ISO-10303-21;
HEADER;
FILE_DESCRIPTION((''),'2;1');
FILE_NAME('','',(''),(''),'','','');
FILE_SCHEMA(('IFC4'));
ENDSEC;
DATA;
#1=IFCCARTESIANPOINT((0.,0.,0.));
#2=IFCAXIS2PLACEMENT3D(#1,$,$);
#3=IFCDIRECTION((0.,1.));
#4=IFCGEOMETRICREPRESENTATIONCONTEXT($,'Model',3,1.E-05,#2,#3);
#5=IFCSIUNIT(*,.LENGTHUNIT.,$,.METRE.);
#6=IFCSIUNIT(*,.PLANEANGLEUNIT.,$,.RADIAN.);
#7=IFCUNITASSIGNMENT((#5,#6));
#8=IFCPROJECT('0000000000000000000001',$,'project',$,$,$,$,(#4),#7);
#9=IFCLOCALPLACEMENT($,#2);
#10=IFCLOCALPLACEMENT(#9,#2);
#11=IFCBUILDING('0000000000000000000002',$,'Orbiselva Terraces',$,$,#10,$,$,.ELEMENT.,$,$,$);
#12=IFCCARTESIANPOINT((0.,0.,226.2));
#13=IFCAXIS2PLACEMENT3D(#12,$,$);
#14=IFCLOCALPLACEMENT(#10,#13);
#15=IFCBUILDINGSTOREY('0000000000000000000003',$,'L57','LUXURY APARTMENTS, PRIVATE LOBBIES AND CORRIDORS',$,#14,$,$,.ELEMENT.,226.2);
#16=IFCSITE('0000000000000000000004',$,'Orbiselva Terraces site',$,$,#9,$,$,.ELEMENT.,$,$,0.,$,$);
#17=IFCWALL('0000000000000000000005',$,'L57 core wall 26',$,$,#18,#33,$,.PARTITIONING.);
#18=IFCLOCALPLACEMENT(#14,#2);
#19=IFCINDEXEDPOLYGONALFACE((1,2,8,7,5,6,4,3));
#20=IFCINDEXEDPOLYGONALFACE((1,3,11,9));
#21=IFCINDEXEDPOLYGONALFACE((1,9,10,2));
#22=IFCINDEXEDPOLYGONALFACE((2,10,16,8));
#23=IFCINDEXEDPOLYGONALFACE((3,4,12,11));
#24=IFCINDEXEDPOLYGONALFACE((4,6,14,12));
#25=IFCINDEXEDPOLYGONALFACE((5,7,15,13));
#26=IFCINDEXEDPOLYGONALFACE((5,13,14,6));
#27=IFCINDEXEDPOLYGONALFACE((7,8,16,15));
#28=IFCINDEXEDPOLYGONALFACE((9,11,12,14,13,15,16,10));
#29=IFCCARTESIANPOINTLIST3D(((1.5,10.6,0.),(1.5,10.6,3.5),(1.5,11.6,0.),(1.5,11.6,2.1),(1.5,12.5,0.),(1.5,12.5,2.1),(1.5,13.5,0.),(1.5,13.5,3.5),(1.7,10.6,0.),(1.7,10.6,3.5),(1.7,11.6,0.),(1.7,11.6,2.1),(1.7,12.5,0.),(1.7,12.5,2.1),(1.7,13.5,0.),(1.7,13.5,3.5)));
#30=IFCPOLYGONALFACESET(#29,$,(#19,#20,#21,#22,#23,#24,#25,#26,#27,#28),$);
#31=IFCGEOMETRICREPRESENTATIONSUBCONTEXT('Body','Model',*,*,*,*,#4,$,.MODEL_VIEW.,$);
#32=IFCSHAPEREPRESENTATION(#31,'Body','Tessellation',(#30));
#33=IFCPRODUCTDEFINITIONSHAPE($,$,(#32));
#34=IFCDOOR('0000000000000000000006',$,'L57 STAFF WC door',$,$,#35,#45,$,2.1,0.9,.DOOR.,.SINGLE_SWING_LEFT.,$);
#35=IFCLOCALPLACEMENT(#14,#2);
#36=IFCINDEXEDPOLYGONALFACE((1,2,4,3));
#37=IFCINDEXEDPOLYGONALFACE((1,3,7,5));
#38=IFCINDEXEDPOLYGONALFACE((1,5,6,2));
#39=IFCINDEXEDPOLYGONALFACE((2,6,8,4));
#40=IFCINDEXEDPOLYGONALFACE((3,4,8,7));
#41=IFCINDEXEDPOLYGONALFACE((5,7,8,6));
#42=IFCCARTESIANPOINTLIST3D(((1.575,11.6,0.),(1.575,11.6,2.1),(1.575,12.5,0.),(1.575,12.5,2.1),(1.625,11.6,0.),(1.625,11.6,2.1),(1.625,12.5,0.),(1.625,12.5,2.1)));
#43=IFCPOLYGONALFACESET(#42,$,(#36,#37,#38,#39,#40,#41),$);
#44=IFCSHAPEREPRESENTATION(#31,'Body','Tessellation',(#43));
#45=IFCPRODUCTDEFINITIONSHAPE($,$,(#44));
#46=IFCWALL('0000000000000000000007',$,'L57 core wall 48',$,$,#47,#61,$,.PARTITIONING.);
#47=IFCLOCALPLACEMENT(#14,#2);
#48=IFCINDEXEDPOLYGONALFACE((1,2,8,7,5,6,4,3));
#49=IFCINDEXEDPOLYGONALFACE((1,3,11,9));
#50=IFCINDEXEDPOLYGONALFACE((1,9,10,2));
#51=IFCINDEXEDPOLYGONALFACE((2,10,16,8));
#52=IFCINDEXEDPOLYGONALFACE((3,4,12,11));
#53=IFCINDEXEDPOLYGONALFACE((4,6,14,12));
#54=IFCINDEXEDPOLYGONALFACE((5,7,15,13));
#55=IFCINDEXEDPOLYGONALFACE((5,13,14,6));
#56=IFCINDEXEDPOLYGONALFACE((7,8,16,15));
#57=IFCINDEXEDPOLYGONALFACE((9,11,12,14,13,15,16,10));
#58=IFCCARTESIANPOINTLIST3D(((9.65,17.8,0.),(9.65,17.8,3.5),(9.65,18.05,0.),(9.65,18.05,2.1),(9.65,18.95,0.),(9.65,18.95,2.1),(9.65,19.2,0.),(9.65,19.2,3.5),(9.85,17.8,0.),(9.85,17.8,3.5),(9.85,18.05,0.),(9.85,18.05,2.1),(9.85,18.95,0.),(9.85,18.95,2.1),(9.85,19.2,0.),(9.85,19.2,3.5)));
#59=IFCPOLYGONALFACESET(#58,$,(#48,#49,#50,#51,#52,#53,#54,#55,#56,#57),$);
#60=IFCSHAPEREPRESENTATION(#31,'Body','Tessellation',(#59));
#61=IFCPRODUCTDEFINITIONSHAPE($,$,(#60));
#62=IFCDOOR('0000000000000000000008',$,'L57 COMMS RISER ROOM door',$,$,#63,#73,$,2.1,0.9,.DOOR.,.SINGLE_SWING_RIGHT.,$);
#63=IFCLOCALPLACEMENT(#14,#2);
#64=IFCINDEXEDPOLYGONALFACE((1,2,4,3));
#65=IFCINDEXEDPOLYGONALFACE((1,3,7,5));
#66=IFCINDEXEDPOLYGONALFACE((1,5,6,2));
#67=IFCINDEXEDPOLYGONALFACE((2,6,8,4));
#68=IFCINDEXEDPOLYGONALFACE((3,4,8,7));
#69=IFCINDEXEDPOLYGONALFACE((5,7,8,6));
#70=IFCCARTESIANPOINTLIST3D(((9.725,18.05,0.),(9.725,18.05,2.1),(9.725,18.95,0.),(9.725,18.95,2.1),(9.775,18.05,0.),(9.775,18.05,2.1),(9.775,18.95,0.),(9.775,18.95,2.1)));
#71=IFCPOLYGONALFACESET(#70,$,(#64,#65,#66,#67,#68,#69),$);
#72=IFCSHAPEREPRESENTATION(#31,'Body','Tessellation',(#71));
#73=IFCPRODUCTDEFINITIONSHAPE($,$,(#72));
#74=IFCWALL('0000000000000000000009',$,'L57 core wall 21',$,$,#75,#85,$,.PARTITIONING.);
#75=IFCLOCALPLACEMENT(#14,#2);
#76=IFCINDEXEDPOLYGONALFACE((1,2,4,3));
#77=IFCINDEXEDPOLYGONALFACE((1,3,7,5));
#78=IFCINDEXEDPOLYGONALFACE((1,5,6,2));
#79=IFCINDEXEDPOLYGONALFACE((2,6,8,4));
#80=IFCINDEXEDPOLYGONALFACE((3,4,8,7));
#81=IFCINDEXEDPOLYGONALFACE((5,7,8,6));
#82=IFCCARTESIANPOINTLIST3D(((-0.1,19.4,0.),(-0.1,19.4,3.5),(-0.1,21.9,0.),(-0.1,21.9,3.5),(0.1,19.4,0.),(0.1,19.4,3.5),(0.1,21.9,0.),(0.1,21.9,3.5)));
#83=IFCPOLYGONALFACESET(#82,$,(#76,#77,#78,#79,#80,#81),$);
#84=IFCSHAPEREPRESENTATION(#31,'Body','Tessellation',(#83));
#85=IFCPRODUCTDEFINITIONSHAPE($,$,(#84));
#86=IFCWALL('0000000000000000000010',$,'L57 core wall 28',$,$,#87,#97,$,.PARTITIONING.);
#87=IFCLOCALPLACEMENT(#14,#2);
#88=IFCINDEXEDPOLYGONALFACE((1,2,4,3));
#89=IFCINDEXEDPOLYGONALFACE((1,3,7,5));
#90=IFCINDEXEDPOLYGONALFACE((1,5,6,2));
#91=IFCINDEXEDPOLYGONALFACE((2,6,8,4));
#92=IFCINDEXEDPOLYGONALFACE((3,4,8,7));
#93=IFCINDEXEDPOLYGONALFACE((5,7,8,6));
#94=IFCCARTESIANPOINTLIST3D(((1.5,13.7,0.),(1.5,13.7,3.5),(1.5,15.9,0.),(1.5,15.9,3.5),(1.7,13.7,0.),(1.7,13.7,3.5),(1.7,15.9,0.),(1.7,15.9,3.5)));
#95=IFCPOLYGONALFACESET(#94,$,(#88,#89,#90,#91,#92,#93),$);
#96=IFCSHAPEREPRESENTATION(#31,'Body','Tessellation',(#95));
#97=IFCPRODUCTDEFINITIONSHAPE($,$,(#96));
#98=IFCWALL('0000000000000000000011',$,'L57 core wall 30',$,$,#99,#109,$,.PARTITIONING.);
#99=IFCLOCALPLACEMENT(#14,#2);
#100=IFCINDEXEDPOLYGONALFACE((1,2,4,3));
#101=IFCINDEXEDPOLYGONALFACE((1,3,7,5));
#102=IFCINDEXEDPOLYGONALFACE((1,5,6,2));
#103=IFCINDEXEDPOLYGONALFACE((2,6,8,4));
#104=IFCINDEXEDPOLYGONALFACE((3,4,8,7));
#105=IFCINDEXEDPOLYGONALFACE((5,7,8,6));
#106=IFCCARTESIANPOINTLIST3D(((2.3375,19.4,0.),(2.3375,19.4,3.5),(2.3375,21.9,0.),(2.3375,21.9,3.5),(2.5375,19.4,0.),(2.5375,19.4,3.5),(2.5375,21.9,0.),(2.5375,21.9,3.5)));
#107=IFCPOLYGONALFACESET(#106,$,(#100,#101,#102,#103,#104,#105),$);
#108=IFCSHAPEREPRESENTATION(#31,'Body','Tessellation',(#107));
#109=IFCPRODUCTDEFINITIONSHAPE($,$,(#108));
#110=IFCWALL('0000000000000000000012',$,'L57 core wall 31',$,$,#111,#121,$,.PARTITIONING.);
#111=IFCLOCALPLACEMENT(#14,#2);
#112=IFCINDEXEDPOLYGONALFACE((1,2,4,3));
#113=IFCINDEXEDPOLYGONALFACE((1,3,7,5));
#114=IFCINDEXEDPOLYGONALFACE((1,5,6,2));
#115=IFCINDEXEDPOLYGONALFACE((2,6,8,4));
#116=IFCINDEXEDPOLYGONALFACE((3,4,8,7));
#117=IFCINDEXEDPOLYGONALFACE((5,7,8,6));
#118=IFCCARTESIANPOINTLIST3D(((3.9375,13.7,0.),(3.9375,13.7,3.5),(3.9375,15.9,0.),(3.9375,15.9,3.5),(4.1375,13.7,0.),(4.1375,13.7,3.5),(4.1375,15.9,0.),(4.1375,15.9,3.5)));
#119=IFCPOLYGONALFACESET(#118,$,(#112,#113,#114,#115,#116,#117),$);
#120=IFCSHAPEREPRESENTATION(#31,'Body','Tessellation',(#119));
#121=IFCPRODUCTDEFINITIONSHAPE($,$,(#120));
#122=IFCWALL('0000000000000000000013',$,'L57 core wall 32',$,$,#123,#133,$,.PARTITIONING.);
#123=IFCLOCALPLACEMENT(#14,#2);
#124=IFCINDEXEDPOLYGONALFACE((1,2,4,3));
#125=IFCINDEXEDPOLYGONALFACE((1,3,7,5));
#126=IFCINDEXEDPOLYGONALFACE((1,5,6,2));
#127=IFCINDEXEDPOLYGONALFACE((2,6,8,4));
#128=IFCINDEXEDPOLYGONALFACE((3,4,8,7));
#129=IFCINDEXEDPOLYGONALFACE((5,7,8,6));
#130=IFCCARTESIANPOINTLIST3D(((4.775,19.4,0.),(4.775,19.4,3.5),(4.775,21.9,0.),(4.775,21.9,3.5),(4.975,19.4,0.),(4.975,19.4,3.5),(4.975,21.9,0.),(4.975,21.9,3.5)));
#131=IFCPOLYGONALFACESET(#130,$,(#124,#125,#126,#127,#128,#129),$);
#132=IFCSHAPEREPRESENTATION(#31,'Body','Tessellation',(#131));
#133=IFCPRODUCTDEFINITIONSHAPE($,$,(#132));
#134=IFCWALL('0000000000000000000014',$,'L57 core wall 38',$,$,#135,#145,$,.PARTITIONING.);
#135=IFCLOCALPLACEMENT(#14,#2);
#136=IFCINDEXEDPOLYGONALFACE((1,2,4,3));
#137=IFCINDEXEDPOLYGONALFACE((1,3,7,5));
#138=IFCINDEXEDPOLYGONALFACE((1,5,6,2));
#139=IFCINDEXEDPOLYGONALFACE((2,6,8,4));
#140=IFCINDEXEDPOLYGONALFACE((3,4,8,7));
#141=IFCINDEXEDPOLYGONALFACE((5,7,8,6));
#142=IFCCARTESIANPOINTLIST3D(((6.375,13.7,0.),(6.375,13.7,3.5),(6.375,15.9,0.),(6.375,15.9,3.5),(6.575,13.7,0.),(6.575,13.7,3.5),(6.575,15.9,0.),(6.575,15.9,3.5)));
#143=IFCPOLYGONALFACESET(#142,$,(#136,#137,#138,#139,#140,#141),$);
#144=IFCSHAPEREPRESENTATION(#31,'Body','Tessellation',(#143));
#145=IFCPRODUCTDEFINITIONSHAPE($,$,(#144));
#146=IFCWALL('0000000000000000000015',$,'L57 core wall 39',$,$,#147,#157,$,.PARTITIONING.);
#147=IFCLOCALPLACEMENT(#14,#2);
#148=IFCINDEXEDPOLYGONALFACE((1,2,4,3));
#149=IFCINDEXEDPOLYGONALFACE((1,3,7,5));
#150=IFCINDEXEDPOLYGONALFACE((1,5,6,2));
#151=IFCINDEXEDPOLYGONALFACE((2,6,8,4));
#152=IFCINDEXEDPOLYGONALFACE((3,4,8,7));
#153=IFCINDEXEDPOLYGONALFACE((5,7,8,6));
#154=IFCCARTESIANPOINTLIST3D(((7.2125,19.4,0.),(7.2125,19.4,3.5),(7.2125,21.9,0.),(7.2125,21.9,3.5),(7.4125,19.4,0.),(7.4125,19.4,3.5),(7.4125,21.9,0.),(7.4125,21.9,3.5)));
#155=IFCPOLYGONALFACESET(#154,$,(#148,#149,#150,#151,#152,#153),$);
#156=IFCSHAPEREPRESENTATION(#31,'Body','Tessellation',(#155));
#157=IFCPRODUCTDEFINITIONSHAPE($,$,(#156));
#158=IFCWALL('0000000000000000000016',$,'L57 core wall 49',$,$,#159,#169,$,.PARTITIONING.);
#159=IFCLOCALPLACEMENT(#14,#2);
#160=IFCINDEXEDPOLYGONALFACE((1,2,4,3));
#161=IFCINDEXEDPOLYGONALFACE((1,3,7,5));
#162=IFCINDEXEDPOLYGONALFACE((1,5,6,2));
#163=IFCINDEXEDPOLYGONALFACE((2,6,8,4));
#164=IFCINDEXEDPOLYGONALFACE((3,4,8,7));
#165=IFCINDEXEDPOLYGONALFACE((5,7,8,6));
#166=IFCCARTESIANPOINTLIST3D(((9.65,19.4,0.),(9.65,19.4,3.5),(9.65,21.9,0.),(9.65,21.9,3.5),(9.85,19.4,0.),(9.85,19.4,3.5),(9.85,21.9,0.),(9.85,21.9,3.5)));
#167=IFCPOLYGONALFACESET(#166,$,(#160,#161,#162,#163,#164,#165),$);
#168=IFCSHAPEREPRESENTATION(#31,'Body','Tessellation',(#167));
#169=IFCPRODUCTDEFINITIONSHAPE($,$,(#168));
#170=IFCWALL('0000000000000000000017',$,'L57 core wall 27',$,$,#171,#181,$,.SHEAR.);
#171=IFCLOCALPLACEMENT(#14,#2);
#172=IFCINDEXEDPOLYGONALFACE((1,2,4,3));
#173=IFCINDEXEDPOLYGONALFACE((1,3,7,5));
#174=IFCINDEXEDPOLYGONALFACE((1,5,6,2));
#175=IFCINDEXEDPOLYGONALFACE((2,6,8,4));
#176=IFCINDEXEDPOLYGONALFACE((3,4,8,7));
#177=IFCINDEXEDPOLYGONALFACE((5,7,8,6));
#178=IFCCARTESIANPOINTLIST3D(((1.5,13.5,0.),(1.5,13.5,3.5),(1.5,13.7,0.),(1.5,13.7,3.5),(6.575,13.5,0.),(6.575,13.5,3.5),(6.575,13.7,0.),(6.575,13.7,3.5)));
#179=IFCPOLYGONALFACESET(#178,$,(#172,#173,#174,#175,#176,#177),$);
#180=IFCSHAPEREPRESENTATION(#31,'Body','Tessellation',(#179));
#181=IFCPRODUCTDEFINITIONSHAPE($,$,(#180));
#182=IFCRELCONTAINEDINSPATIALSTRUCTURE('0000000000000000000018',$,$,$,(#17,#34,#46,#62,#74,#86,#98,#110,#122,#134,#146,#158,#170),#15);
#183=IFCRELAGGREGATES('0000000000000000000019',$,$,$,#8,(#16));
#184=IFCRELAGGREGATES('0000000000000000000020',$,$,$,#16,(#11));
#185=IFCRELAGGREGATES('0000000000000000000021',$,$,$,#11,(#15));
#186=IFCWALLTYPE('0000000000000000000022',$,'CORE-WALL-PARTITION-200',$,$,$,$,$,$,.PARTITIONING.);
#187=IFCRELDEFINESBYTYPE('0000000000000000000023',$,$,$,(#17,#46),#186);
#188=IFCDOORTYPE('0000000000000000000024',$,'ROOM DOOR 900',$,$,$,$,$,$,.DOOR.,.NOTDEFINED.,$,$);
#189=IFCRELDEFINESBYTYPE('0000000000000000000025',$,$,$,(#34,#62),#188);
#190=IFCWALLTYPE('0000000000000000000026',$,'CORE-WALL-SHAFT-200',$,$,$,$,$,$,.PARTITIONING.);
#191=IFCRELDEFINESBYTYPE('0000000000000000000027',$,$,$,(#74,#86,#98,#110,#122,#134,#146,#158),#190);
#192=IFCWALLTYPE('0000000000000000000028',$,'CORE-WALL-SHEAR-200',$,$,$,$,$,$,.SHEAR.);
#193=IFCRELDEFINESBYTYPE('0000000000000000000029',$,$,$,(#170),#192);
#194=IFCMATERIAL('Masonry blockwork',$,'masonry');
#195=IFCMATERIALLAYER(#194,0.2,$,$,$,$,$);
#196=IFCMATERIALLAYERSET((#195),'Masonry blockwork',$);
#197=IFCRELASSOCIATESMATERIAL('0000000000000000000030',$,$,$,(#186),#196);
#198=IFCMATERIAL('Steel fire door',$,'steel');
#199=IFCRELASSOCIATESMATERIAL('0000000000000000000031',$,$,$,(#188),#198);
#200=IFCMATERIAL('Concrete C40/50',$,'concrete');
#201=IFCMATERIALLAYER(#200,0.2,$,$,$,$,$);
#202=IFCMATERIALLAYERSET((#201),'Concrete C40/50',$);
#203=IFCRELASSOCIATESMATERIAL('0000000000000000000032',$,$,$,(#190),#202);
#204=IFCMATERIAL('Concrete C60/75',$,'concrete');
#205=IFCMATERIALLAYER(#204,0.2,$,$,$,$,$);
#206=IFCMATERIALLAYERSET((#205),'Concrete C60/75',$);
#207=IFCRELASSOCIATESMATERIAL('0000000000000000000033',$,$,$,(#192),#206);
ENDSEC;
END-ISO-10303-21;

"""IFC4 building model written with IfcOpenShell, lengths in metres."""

from ifc_helpers import new_model, si_unit, direction, frame, frame_2d, origin, place, context, subcontext, project, spatial, rectangle, extrude, material, layer, layer_set, type_object, element, fill, save


model = new_model("IFC4")

# Units and contexts
model_context = context("Model", 3, precision=1e-05, world=origin(), true_north=direction((0.0, 1.0)))
body_context = subcontext(model_context, "Body", "Model", "MODEL_VIEW")
ifc_project = project(units=[si_unit("LENGTHUNIT", "METRE"), si_unit("PLANEANGLEUNIT", "RADIAN")], contexts=[model_context])

# Site, building, storey
site_placement = place(None, origin())
site = spatial("IfcSite", under=ifc_project, at=site_placement, Name="Orbiselva Terraces site", CompositionType="ELEMENT", RefElevation=0.0)
building_placement = place(site_placement, origin())
building = spatial("IfcBuilding", under=site, at=building_placement, Name="Orbiselva Terraces", CompositionType="ELEMENT")
storey_placement = place(building_placement, frame((0.0, 0.0, 226.2)))
storey = spatial("IfcBuildingStorey", under=building, at=storey_placement, Name="L57", Description="LUXURY APARTMENTS, PRIVATE LOBBIES AND CORRIDORS", CompositionType="ELEMENT", Elevation=226.2)

# Walls, openings, doors
ifc_material_1 = material(Name="Masonry blockwork", Category="masonry")
ifc_layer_1 = layer(ifc_material_1, 0.2)
ifc_layer_set_1 = layer_set([ifc_layer_1], Name="Masonry blockwork")
wall_type_1 = type_object("IfcWallType", Name="CORE-WALL-PARTITION-200", PredefinedType="PARTITIONING", material=ifc_layer_set_1)
wall_1_placement = place(storey_placement, frame((1.6, 13.5, 0.0), z_axis=(0.0, 0.0, 1.0), x_axis=(0.0, -1.0, 0.0)))
wall_1 = element("IfcWall", 1, at=wall_1_placement, inside=storey, type_object=wall_type_1, Name="L57 core wall 26", PredefinedType="PARTITIONING", context=body_context, shape_type="SweptSolid", body=[
    extrude(rectangle(XDim=2.9, YDim=0.2, at=frame_2d((1.45, 0.0))), origin(), (0.0, 0.0, 1.0), 3.5),
])
opening_1_placement = place(wall_1_placement, frame((1.0, 0.0, 0.0)))
opening_1 = element("IfcOpeningElement", 2, at=opening_1_placement, cuts=wall_1, PredefinedType="OPENING", context=body_context, shape_type="SweptSolid", body=[
    extrude(rectangle(XDim=0.9, YDim=2.1, at=frame_2d((0.45, 1.05))), frame((0.0, 0.11, 0.0), z_axis=(0.0, -1.0, 0.0), x_axis=(1.0, 0.0, 0.0)), (0.0, 0.0, 1.0), 0.22),
])
ifc_material_2 = material(Name="Steel fire door", Category="steel")
door_type_1 = type_object("IfcDoorType", Name="ROOM DOOR 900", OperationType="NOTDEFINED", PredefinedType="DOOR", material=ifc_material_2)
door_1_placement = place(opening_1_placement, origin())
door_1 = element("IfcDoor", 3, at=door_1_placement, inside=storey, type_object=door_type_1, Name="L57 STAFF WC door", OperationType="SINGLE_SWING_LEFT", OverallHeight=2.1, OverallWidth=0.9, PredefinedType="DOOR", context=body_context, shape_type="SweptSolid", body=[
    extrude(rectangle(XDim=0.9, YDim=2.1, at=frame_2d((0.45, 1.05))), frame((0.0, 0.025, 0.0), z_axis=(0.0, -1.0, 0.0), x_axis=(1.0, 0.0, 0.0)), (0.0, 0.0, 1.0), 0.05),
])
fill(opening_1, door_1)
wall_2_placement = place(storey_placement, frame((9.75, 19.2, 0.0), z_axis=(0.0, 0.0, 1.0), x_axis=(0.0, -1.0, 0.0)))
wall_2 = element("IfcWall", 4, at=wall_2_placement, inside=storey, type_object=wall_type_1, Name="L57 core wall 48", PredefinedType="PARTITIONING", context=body_context, shape_type="SweptSolid", body=[
    extrude(rectangle(XDim=1.4, YDim=0.2, at=frame_2d((0.7, 0.0))), origin(), (0.0, 0.0, 1.0), 3.5),
])
opening_2_placement = place(wall_2_placement, frame((0.25, 0.0, 0.0)))
opening_2 = element("IfcOpeningElement", 5, at=opening_2_placement, cuts=wall_2, PredefinedType="OPENING", context=body_context, shape_type="SweptSolid", body=[
    extrude(rectangle(XDim=0.9, YDim=2.1, at=frame_2d((0.45, 1.05))), frame((0.0, 0.11, 0.0), z_axis=(0.0, -1.0, 0.0), x_axis=(1.0, 0.0, 0.0)), (0.0, 0.0, 1.0), 0.22),
])
door_2_placement = place(opening_2_placement, origin())
door_2 = element("IfcDoor", 6, at=door_2_placement, inside=storey, type_object=door_type_1, Name="L57 COMMS RISER ROOM door", OperationType="SINGLE_SWING_RIGHT", OverallHeight=2.1, OverallWidth=0.9, PredefinedType="DOOR", context=body_context, shape_type="SweptSolid", body=[
    extrude(rectangle(XDim=0.9, YDim=2.1, at=frame_2d((0.45, 1.05))), frame((0.0, 0.025, 0.0), z_axis=(0.0, -1.0, 0.0), x_axis=(1.0, 0.0, 0.0)), (0.0, 0.0, 1.0), 0.05),
])
fill(opening_2, door_2)

# Walls
ifc_material_3 = material(Name="Concrete C40/50", Category="concrete")
ifc_layer_2 = layer(ifc_material_3, 0.2)
ifc_layer_set_2 = layer_set([ifc_layer_2], Name="Concrete C40/50")
wall_type_2 = type_object("IfcWallType", Name="CORE-WALL-SHAFT-200", PredefinedType="PARTITIONING", material=ifc_layer_set_2)
wall_3_placement = place(storey_placement, frame((0.0, 19.4, 0.0), z_axis=(0.0, 0.0, 1.0), x_axis=(0.0, 1.0, 0.0)))
element("IfcWall", 7, at=wall_3_placement, inside=storey, type_object=wall_type_2, Name="L57 core wall 21", PredefinedType="PARTITIONING", context=body_context, shape_type="SweptSolid", body=[
    extrude(rectangle(XDim=2.5, YDim=0.2, at=frame_2d((1.25, 0.0))), origin(), (0.0, 0.0, 1.0), 3.5),
])
wall_4_placement = place(storey_placement, frame((1.6, 13.7, 0.0), z_axis=(0.0, 0.0, 1.0), x_axis=(0.0, 1.0, 0.0)))
element("IfcWall", 8, at=wall_4_placement, inside=storey, type_object=wall_type_2, Name="L57 core wall 28", PredefinedType="PARTITIONING", context=body_context, shape_type="SweptSolid", body=[
    extrude(rectangle(XDim=2.2, YDim=0.2, at=frame_2d((1.1, 0.0))), origin(), (0.0, 0.0, 1.0), 3.5),
])
wall_5_placement = place(storey_placement, frame((2.4375, 19.4, 0.0), z_axis=(0.0, 0.0, 1.0), x_axis=(0.0, 1.0, 0.0)))
element("IfcWall", 9, at=wall_5_placement, inside=storey, type_object=wall_type_2, Name="L57 core wall 30", PredefinedType="PARTITIONING", context=body_context, shape_type="SweptSolid", body=[
    extrude(rectangle(XDim=2.5, YDim=0.2, at=frame_2d((1.25, 0.0))), origin(), (0.0, 0.0, 1.0), 3.5),
])
wall_6_placement = place(storey_placement, frame((4.0375, 13.7, 0.0), z_axis=(0.0, 0.0, 1.0), x_axis=(0.0, 1.0, 0.0)))
element("IfcWall", 10, at=wall_6_placement, inside=storey, type_object=wall_type_2, Name="L57 core wall 31", PredefinedType="PARTITIONING", context=body_context, shape_type="SweptSolid", body=[
    extrude(rectangle(XDim=2.2, YDim=0.2, at=frame_2d((1.1, 0.0))), origin(), (0.0, 0.0, 1.0), 3.5),
])
wall_7_placement = place(storey_placement, frame((4.875, 19.4, 0.0), z_axis=(0.0, 0.0, 1.0), x_axis=(0.0, 1.0, 0.0)))
element("IfcWall", 11, at=wall_7_placement, inside=storey, type_object=wall_type_2, Name="L57 core wall 32", PredefinedType="PARTITIONING", context=body_context, shape_type="SweptSolid", body=[
    extrude(rectangle(XDim=2.5, YDim=0.2, at=frame_2d((1.25, 0.0))), origin(), (0.0, 0.0, 1.0), 3.5),
])
wall_8_placement = place(storey_placement, frame((6.475, 13.7, 0.0), z_axis=(0.0, 0.0, 1.0), x_axis=(0.0, 1.0, 0.0)))
element("IfcWall", 12, at=wall_8_placement, inside=storey, type_object=wall_type_2, Name="L57 core wall 38", PredefinedType="PARTITIONING", context=body_context, shape_type="SweptSolid", body=[
    extrude(rectangle(XDim=2.2, YDim=0.2, at=frame_2d((1.1, 0.0))), origin(), (0.0, 0.0, 1.0), 3.5),
])
for number, where, z_axis, x_axis, name in (
    (13, (7.3125, 19.4, 0.0), (0.0, 0.0, 1.0), (0.0, 1.0, 0.0), "L57 core wall 39"),
    (14, (9.75, 19.4, 0.0), (0.0, 0.0, 1.0), (0.0, 1.0, 0.0), "L57 core wall 49"),
):
    element("IfcWall", number, at=place(storey_placement, frame(where, z_axis=z_axis, x_axis=x_axis)), inside=storey, type_object=wall_type_2, Name=name, PredefinedType="PARTITIONING", context=body_context, shape_type="SweptSolid", body=[
        extrude(rectangle(XDim=2.5, YDim=0.2, at=frame_2d((1.25, 0.0))), origin(), (0.0, 0.0, 1.0), 3.5),
    ])
ifc_material_4 = material(Name="Concrete C60/75", Category="concrete")
ifc_layer_3 = layer(ifc_material_4, 0.2)
ifc_layer_set_3 = layer_set([ifc_layer_3], Name="Concrete C60/75")
wall_type_3 = type_object("IfcWallType", Name="CORE-WALL-SHEAR-200", PredefinedType="SHEAR", material=ifc_layer_set_3)
wall_9_placement = place(storey_placement, frame((1.5, 13.6, 0.0), z_axis=(0.0, 0.0, 1.0), x_axis=(1.0, 0.0, 0.0)))
element("IfcWall", 15, at=wall_9_placement, inside=storey, type_object=wall_type_3, Name="L57 core wall 27", PredefinedType="SHEAR", context=body_context, shape_type="SweptSolid", body=[
    extrude(rectangle(XDim=5.075, YDim=0.2, at=frame_2d((2.5375, 0.0))), origin(), (0.0, 0.0, 1.0), 3.5),
])

save(model, "model.ifc")
